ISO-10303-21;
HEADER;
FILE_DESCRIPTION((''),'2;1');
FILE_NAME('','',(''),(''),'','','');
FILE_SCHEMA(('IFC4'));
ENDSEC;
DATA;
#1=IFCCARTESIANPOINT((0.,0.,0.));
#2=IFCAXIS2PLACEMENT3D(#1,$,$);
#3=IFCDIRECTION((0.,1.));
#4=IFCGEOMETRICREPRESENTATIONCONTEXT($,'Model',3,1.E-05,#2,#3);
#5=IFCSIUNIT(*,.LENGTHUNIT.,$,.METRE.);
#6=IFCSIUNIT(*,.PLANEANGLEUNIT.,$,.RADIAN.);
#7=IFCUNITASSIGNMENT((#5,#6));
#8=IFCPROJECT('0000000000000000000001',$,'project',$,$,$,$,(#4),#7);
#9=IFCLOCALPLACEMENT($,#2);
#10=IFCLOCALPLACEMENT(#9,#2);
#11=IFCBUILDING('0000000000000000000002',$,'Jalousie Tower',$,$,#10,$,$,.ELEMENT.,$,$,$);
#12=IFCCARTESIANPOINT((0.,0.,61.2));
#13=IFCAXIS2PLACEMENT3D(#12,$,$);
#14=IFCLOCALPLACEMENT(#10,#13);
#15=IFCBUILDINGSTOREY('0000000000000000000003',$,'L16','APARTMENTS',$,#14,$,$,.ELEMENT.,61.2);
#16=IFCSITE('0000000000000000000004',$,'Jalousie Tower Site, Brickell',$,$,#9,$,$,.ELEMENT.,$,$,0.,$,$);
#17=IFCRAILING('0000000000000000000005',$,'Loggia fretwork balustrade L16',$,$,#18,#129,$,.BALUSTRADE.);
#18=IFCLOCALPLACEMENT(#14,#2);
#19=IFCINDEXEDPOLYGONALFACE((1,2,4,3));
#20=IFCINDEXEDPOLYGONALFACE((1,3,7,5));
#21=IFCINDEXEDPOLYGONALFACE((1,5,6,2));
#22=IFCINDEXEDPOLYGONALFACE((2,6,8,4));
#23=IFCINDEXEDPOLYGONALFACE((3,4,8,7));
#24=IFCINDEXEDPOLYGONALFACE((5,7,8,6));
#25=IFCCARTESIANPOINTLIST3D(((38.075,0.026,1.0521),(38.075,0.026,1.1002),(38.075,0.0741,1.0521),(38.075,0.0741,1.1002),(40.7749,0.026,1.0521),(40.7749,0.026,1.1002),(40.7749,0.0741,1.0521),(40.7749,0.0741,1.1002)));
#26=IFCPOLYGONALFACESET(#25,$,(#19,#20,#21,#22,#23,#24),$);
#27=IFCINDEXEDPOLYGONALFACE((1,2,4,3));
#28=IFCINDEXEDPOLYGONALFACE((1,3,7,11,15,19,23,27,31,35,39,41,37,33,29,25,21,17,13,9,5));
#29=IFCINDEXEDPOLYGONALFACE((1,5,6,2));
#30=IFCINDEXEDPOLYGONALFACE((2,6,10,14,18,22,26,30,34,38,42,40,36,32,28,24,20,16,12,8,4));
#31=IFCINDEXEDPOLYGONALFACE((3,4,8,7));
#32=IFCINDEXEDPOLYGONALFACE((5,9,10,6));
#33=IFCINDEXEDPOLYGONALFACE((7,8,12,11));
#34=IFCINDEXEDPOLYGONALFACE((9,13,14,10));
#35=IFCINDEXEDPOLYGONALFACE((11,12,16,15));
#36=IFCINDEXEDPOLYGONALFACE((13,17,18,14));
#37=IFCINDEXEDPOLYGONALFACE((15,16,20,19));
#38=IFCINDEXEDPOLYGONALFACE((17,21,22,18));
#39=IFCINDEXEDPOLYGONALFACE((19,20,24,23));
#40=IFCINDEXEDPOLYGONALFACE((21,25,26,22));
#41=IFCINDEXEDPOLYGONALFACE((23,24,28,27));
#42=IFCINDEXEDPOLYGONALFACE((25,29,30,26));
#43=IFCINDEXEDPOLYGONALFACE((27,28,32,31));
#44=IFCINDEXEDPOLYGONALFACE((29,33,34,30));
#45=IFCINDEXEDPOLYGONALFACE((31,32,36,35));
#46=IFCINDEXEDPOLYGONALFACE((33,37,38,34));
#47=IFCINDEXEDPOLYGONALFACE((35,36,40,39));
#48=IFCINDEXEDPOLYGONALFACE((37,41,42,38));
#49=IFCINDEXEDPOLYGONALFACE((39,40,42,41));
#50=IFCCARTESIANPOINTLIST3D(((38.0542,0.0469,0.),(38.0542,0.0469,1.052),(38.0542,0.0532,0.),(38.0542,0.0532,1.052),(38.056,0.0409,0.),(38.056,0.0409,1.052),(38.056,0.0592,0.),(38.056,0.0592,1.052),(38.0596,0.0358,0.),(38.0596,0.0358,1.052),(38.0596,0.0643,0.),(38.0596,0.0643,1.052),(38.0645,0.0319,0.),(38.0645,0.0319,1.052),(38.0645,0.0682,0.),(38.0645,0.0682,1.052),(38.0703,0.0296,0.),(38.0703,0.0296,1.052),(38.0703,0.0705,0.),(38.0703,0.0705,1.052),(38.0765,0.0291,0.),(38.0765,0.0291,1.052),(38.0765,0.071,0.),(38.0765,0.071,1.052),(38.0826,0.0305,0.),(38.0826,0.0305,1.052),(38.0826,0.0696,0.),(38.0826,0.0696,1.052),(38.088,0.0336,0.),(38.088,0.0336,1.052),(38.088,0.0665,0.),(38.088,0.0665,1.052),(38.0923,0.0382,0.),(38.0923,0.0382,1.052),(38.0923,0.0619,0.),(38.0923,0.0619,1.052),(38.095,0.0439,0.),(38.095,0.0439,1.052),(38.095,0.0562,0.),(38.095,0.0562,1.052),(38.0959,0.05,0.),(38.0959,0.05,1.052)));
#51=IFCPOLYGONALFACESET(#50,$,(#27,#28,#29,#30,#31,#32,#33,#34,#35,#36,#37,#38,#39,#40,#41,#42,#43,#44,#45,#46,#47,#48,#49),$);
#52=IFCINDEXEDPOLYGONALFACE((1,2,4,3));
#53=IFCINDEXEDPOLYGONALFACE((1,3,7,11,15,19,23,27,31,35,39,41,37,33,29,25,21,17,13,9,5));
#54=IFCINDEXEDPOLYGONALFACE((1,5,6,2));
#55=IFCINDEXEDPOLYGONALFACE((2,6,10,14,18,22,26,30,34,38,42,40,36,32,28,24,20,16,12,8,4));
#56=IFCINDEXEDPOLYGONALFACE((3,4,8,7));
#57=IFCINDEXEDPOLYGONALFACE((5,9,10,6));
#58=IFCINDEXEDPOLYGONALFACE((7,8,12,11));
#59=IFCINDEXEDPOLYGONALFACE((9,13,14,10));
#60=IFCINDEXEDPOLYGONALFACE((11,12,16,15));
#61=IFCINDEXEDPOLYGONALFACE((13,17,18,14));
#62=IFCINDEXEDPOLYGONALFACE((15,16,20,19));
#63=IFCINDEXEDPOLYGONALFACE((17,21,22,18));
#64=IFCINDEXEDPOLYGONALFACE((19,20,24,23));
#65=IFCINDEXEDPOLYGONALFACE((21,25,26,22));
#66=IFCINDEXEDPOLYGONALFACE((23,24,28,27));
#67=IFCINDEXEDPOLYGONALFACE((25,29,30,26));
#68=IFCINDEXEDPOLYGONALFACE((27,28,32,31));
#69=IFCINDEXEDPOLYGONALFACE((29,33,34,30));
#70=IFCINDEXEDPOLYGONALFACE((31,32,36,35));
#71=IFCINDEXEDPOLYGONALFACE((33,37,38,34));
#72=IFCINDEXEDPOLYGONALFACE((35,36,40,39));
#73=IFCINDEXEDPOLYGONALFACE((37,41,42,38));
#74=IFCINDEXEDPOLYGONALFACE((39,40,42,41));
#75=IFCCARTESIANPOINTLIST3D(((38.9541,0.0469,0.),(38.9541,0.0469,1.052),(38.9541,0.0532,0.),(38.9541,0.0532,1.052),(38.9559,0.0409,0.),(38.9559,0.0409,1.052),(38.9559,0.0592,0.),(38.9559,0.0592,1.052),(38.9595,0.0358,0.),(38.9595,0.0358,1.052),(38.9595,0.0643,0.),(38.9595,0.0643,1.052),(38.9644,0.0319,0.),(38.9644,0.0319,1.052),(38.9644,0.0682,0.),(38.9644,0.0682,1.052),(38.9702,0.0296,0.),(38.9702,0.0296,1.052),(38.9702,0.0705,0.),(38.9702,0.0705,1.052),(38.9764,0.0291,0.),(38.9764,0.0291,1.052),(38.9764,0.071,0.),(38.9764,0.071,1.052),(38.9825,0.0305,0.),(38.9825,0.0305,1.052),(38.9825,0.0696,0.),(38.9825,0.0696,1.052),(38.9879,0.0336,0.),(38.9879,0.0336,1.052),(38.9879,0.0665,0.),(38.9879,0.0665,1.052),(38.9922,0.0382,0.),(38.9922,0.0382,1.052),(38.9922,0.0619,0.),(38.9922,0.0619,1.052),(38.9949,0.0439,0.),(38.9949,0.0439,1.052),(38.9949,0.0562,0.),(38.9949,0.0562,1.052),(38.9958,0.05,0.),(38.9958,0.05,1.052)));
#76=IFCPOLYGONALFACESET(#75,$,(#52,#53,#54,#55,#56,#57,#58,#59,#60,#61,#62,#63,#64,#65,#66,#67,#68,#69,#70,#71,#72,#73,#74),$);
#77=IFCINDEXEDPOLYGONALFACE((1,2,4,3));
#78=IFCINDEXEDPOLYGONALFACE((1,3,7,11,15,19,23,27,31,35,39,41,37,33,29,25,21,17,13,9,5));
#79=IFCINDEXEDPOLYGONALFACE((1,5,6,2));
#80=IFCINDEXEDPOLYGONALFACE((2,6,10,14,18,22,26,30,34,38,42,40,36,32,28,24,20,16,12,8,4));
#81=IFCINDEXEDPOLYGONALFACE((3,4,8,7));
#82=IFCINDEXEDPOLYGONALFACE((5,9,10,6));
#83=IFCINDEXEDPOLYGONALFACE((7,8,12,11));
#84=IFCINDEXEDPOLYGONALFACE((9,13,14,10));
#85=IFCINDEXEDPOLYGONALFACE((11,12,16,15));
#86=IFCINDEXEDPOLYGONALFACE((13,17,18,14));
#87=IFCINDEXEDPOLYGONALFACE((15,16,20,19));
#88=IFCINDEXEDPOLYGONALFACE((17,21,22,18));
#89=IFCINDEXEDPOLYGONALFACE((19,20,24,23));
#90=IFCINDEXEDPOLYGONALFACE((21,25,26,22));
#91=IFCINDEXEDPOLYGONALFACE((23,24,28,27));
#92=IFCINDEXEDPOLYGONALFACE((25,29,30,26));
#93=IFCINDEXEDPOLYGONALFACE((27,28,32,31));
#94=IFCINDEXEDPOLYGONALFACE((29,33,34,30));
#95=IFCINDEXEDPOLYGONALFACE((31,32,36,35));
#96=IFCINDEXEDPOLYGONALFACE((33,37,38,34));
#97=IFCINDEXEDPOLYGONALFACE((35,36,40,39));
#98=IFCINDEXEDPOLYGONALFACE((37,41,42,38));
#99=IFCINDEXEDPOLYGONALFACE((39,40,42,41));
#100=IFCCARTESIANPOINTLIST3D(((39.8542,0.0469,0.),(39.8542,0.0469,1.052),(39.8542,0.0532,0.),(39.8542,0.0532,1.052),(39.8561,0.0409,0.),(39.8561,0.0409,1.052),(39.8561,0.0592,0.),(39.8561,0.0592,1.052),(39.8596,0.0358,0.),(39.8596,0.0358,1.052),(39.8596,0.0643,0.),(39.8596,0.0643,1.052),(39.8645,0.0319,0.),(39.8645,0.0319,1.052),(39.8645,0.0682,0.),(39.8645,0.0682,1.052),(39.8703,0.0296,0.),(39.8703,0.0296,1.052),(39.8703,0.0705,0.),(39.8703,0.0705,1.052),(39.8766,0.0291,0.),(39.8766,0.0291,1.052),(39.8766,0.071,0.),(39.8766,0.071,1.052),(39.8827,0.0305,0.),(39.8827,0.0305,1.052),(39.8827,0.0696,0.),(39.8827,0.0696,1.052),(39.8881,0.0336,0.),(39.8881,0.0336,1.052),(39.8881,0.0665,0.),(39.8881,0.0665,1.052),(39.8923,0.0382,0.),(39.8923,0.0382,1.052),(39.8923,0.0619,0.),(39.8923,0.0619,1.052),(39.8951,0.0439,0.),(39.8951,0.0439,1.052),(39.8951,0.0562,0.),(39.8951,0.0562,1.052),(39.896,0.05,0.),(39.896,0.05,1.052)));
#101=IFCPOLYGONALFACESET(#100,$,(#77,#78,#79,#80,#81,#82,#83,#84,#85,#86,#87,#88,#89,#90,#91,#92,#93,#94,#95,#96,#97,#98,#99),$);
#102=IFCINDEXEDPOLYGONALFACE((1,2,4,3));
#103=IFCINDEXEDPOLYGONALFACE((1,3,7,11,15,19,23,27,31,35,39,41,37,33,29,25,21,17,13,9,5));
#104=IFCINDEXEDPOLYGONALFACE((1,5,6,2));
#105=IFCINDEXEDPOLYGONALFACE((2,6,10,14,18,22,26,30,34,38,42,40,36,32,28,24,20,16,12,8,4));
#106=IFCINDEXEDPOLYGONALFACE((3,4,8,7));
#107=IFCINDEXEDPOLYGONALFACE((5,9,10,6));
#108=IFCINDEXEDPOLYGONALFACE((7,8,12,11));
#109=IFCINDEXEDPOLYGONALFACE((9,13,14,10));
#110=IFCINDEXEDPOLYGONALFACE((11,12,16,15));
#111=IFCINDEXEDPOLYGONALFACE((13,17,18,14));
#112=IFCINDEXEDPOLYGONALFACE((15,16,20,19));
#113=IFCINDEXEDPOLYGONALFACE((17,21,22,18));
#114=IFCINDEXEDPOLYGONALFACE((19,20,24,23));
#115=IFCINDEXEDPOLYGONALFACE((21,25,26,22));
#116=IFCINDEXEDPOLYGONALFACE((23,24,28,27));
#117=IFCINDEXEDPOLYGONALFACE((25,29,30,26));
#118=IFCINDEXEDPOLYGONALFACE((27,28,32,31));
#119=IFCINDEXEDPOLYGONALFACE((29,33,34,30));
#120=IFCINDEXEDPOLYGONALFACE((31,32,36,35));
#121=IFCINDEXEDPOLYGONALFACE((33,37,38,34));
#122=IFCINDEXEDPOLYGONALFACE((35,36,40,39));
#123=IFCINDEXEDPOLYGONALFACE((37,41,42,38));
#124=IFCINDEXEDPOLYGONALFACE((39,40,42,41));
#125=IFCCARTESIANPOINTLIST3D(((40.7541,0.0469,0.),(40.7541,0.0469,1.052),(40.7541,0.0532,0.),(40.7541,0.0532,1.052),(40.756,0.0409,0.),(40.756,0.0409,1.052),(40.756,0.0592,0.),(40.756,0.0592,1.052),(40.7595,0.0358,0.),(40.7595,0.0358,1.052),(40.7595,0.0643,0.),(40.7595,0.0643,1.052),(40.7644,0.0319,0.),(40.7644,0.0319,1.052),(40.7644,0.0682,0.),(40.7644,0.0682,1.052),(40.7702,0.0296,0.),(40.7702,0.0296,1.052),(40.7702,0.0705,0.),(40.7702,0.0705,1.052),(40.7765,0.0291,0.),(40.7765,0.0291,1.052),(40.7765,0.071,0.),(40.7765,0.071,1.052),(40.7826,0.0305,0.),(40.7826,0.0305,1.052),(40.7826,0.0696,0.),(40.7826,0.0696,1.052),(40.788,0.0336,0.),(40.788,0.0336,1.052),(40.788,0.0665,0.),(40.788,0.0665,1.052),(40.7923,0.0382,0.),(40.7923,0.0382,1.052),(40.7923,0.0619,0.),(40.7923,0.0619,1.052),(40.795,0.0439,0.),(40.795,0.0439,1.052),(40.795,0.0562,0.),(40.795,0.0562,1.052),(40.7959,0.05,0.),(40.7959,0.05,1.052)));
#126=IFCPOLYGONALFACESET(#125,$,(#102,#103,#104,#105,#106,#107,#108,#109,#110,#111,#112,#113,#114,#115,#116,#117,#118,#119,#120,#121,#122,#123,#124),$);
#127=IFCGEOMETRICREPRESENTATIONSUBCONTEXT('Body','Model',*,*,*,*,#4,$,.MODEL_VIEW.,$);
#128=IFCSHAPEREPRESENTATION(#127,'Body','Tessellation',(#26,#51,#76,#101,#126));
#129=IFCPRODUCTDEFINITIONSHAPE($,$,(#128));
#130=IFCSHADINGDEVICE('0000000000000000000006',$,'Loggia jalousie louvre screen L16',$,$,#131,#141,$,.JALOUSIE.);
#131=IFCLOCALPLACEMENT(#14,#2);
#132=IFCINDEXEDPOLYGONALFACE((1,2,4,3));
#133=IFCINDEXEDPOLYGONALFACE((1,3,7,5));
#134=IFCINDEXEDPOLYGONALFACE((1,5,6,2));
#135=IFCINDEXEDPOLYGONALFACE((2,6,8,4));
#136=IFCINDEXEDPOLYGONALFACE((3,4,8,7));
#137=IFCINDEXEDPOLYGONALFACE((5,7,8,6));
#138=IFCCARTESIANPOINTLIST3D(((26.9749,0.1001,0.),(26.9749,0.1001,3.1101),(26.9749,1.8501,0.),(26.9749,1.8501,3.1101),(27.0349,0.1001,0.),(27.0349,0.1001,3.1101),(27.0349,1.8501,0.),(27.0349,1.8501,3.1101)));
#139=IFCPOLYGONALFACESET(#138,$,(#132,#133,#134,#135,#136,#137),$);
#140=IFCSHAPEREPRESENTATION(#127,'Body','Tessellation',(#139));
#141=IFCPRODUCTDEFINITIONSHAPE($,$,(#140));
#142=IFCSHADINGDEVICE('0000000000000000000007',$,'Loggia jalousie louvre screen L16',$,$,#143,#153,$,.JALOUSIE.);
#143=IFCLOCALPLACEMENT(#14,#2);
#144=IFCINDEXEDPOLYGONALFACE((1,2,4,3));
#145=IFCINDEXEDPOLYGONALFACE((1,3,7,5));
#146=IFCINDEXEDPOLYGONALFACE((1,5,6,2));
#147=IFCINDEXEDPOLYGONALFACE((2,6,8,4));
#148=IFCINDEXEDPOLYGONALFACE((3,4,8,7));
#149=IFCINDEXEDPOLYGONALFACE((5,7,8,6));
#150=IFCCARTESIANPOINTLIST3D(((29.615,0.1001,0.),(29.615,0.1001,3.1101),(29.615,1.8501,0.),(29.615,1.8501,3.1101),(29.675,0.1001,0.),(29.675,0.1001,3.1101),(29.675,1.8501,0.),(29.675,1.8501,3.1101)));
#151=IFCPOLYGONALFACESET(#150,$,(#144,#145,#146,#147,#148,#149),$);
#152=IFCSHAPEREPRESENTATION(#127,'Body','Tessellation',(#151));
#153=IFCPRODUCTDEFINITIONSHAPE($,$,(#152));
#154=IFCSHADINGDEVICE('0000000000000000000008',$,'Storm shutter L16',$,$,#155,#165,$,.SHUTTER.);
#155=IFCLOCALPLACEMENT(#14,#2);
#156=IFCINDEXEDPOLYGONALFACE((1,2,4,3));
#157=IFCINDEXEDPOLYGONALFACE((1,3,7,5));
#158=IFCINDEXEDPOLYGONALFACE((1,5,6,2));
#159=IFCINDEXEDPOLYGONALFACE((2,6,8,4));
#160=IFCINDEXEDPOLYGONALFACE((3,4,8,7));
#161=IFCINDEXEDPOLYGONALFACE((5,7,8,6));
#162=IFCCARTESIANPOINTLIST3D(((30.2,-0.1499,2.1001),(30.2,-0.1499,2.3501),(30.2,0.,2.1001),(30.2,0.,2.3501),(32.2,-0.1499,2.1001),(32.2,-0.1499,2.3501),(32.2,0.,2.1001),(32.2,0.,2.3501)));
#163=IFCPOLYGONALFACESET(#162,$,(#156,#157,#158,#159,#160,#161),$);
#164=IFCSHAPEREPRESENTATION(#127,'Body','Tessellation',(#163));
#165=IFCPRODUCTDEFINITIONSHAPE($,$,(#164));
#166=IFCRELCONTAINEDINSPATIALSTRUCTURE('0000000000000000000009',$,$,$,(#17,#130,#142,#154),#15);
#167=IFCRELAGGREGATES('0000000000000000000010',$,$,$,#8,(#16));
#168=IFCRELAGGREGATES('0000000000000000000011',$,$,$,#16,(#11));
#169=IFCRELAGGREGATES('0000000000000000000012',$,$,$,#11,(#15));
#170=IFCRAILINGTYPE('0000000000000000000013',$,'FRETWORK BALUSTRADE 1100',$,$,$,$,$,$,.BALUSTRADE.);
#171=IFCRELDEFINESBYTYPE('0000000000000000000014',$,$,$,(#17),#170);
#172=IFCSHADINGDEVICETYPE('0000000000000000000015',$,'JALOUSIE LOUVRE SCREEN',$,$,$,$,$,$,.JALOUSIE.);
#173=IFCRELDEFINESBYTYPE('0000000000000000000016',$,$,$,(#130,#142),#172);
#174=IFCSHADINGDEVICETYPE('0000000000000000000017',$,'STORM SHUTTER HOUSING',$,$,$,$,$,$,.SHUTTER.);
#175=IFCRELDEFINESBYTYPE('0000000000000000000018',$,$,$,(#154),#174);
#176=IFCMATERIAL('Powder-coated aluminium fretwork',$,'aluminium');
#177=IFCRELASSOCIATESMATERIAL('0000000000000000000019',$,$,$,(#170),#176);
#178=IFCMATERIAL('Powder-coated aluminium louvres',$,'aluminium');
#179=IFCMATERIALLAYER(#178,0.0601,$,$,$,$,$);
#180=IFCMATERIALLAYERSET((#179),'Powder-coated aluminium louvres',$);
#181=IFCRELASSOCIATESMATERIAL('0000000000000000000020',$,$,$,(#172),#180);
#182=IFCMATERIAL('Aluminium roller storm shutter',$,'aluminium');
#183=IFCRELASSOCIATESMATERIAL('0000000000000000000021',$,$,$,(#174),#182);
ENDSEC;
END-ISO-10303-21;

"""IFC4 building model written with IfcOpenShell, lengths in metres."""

from ifc_helpers import new_model, si_unit, direction, frame, origin, origin_2d, place, context, subcontext, project, spatial, rectangle, circle, extrude, material, layer, layer_set, type_object, element, save


model = new_model("IFC4")

# Units and contexts
model_context = context("Model", 3, precision=1e-05, world=origin(), true_north=direction((0.0, 1.0)))
body_context = subcontext(model_context, "Body", "Model", "MODEL_VIEW")
ifc_project = project(units=[si_unit("LENGTHUNIT", "METRE"), si_unit("PLANEANGLEUNIT", "RADIAN")], contexts=[model_context])

# Site, building, storey
site_placement = place(None, origin())
site = spatial("IfcSite", under=ifc_project, at=site_placement, Name="Jalousie Tower Site, Brickell", CompositionType="ELEMENT", RefElevation=0.0)
building_placement = place(site_placement, origin())
building = spatial("IfcBuilding", under=site, at=building_placement, Name="Jalousie Tower", CompositionType="ELEMENT")
storey_placement = place(building_placement, frame((0.0, 0.0, 61.2)))
storey = spatial("IfcBuildingStorey", under=building, at=storey_placement, Name="L16", Description="APARTMENTS", CompositionType="ELEMENT", Elevation=61.2)

# Railing
ifc_material_1 = material(Name="Powder-coated aluminium fretwork", Category="aluminium")
railing_type = type_object("IfcRailingType", Name="FRETWORK BALUSTRADE 1100", PredefinedType="BALUSTRADE", material=ifc_material_1)
for number, where, name in (
    (1, (38.075, 0.05, 0.0), "Loggia fretwork balustrade L16"),
):
    element("IfcRailing", number, at=place(storey_placement, frame(where)), inside=storey, type_object=railing_type, Name=name, PredefinedType="BALUSTRADE", context=body_context, shape_type="SweptSolid", body=[
        extrude(rectangle(XDim=0.0481, YDim=0.0481, at=origin_2d()), frame((0.0, 0.0, 1.0762), z_axis=(1.0, 0.0, 0.0), x_axis=(0.0, 1.0, 0.0)), (0.0, 0.0, 1.0), 2.7),
        extrude(circle(Radius=0.021, at=origin_2d()), origin(), (0.0, 0.0, 1.0), 1.052),
        extrude(circle(Radius=0.021, at=origin_2d()), frame((0.8999, 0.0, 0.0)), (0.0, 0.0, 1.0), 1.052),
        extrude(circle(Radius=0.021, at=origin_2d()), frame((1.8, 0.0, 0.0)), (0.0, 0.0, 1.0), 1.052),
        extrude(circle(Radius=0.021, at=origin_2d()), frame((2.7, 0.0, 0.0)), (0.0, 0.0, 1.0), 1.052),
    ])

# Shading devices
ifc_material_2 = material(Name="Powder-coated aluminium louvres", Category="aluminium")
ifc_layer_1 = layer(ifc_material_2, 0.0601)
ifc_layer_set_1 = layer_set([ifc_layer_1], Name="Powder-coated aluminium louvres")
shading_device_type_1 = type_object("IfcShadingDeviceType", Name="JALOUSIE LOUVRE SCREEN", PredefinedType="JALOUSIE", material=ifc_layer_set_1)
for number, where, z_axis, x_axis, name in (
    (2, (27.0049, 0.9751, 0.0), (0.0, 0.0, 1.0), (1.0, 0.0, 0.0), "Loggia jalousie louvre screen L16"),
    (3, (29.645, 0.9751, 0.0), (0.0, 0.0, 1.0), (1.0, 0.0, 0.0), "Loggia jalousie louvre screen L16"),
):
    element("IfcShadingDevice", number, at=place(storey_placement, frame(where, z_axis=z_axis, x_axis=x_axis)), inside=storey, type_object=shading_device_type_1, Name=name, PredefinedType="JALOUSIE", context=body_context, shape_type="SweptSolid", body=[
        extrude(rectangle(XDim=0.0601, YDim=1.75, at=origin_2d()), origin(), (0.0, 0.0, 1.0), 3.1101),
    ])
ifc_material_3 = material(Name="Aluminium roller storm shutter", Category="aluminium")
shading_device_type_2 = type_object("IfcShadingDeviceType", Name="STORM SHUTTER HOUSING", PredefinedType="SHUTTER", material=ifc_material_3)
shading_device_placement = place(storey_placement, frame((31.2, -0.075, 2.1001), z_axis=(0.0, 0.0, 1.0), x_axis=(1.0, 0.0, 0.0)))
element("IfcShadingDevice", 4, at=shading_device_placement, inside=storey, type_object=shading_device_type_2, Name="Storm shutter L16", PredefinedType="SHUTTER", context=body_context, shape_type="SweptSolid", body=[
    extrude(rectangle(XDim=2.0, YDim=0.1499, at=origin_2d()), origin(), (0.0, 0.0, 1.0), 0.25),
])

save(model, "model.ifc")
